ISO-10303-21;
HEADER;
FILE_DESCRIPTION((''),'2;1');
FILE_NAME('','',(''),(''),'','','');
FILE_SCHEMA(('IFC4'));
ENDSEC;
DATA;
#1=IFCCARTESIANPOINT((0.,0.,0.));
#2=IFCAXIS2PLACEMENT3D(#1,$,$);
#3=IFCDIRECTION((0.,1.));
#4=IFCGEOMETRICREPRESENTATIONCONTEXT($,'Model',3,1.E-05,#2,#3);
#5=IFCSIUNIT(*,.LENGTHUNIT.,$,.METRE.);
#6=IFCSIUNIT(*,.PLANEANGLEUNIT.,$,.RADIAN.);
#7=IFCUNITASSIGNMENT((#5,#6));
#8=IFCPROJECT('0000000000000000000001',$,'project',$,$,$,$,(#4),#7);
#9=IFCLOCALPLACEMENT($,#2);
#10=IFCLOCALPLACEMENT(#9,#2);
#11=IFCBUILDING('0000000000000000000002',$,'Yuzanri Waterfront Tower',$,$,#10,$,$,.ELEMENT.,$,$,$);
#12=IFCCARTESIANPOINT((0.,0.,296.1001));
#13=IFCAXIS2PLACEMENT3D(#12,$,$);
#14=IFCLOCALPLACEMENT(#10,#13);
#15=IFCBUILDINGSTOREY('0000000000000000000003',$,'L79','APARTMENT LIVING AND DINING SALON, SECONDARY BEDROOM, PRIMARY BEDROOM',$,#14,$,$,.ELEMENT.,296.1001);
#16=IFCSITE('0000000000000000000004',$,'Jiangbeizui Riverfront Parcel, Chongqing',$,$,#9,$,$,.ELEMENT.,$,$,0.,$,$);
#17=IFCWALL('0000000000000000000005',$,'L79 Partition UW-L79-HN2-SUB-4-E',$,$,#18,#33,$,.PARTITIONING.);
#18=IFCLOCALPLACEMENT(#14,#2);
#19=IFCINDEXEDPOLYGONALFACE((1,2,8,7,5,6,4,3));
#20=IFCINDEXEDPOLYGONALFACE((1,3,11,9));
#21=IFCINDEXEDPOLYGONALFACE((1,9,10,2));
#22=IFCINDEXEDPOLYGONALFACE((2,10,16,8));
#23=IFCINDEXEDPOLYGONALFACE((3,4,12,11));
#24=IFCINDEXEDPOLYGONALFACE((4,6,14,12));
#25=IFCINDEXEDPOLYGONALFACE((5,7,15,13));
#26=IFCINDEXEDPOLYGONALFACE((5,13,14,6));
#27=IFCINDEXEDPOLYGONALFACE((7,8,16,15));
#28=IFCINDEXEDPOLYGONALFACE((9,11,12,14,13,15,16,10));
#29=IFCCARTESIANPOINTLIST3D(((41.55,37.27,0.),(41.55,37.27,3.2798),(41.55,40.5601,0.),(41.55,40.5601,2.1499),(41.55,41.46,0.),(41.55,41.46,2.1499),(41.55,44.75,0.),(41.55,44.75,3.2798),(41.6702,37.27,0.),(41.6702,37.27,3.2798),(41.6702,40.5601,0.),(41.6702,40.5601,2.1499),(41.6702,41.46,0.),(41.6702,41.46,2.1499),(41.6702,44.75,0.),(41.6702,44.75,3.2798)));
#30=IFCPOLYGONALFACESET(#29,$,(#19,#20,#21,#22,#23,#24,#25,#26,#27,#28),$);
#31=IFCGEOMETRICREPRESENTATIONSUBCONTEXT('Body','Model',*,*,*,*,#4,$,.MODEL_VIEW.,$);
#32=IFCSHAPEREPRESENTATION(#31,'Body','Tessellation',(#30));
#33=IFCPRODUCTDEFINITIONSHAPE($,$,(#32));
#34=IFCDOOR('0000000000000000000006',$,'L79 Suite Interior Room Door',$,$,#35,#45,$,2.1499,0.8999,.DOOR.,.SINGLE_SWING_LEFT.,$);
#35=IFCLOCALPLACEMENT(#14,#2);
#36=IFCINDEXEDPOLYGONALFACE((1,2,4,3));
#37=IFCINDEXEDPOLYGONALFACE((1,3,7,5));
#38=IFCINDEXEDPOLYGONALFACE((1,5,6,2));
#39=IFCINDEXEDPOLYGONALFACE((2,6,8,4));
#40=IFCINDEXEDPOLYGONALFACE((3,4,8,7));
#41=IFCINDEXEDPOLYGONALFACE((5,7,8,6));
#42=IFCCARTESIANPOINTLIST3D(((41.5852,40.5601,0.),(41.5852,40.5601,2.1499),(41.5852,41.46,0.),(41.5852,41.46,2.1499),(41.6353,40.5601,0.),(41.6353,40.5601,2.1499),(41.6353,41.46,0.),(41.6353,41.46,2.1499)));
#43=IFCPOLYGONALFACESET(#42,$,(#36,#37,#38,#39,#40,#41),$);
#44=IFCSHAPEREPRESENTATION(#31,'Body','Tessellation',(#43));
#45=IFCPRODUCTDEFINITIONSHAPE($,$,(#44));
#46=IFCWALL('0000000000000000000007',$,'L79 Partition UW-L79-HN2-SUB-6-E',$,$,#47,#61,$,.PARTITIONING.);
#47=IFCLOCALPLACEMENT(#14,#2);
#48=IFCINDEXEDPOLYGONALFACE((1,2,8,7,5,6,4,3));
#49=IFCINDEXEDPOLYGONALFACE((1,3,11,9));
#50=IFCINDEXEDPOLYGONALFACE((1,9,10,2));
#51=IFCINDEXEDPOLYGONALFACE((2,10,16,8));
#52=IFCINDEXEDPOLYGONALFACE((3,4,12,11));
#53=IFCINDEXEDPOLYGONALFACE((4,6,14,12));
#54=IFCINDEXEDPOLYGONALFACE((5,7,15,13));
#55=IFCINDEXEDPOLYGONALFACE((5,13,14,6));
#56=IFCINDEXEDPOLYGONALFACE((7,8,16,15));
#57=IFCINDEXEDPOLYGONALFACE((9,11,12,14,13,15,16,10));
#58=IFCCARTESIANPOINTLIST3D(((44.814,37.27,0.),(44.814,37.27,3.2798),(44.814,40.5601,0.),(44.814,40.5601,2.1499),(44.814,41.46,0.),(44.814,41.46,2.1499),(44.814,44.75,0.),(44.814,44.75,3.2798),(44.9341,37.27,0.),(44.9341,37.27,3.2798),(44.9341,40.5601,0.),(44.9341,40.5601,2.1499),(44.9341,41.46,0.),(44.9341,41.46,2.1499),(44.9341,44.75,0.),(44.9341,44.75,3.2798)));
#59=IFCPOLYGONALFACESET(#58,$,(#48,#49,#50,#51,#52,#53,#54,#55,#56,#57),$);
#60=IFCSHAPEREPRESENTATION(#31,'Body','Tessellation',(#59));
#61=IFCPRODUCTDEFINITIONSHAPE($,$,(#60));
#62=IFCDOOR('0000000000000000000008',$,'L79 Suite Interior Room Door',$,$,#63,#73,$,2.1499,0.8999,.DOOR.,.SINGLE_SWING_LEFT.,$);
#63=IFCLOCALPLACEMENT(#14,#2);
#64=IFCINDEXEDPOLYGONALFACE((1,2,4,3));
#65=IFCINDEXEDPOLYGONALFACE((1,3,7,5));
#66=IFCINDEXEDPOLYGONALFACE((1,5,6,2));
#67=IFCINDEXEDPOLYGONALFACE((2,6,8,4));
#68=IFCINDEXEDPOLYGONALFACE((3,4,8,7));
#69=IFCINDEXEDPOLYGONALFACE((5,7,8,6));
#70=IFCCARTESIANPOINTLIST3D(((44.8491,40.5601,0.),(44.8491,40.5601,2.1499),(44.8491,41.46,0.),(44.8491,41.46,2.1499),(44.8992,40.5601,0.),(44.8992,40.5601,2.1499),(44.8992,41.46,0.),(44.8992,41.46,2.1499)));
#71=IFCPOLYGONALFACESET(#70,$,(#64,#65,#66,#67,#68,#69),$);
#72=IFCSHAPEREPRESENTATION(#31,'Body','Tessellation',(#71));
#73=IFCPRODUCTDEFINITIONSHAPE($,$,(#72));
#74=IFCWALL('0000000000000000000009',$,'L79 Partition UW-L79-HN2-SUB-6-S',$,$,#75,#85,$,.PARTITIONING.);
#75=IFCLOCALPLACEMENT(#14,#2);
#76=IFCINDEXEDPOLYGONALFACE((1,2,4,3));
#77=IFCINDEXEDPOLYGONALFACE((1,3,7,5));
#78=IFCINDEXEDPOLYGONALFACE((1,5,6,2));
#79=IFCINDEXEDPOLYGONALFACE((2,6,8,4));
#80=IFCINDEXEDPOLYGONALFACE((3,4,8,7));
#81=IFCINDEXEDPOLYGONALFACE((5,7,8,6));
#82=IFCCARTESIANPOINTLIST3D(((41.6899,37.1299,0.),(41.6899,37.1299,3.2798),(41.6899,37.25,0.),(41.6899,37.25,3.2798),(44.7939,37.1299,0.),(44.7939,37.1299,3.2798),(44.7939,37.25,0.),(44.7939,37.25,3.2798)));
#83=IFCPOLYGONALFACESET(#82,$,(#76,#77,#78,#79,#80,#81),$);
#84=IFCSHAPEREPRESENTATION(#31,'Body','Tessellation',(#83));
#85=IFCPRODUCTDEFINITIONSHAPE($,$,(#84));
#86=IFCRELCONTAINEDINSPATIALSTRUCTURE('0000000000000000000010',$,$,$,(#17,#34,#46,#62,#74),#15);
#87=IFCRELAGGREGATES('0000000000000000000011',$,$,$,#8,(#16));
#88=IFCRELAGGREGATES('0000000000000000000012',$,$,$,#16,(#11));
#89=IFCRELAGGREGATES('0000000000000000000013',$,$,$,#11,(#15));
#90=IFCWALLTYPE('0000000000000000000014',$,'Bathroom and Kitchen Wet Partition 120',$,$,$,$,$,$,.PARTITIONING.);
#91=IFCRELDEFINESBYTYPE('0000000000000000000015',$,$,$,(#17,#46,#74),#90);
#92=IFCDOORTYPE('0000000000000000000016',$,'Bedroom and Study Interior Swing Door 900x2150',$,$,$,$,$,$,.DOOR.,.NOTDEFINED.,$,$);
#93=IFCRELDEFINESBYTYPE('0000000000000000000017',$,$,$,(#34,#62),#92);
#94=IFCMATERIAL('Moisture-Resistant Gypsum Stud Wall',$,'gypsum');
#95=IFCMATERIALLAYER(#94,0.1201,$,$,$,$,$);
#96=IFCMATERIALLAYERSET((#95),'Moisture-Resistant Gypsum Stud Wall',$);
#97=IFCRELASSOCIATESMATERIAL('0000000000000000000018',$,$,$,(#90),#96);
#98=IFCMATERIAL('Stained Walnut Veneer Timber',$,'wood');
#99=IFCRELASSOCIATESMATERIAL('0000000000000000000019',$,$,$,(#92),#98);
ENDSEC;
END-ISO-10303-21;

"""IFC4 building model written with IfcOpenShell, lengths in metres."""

from ifc_helpers import new_model, si_unit, direction, frame, frame_2d, origin, place, context, subcontext, project, spatial, rectangle, extrude, source, transform, mapped, material, layer, layer_set, type_object, element, fill, save


model = new_model("IFC4")

# Units and contexts
model_context = context("Model", 3, precision=1e-05, world=origin(), true_north=direction((0.0, 1.0)))
body_context = subcontext(model_context, "Body", "Model", "MODEL_VIEW")
ifc_project = project(units=[si_unit("LENGTHUNIT", "METRE"), si_unit("PLANEANGLEUNIT", "RADIAN")], contexts=[model_context])

# Site, building, storey
site_placement = place(None, origin())
site = spatial("IfcSite", under=ifc_project, at=site_placement, Name="Jiangbeizui Riverfront Parcel, Chongqing", CompositionType="ELEMENT", RefElevation=0.0)
building_placement = place(site_placement, origin())
building = spatial("IfcBuilding", under=site, at=building_placement, Name="Yuzanri Waterfront Tower", CompositionType="ELEMENT")
storey_placement = place(building_placement, frame((0.0, 0.0, 296.1001)))
storey = spatial("IfcBuildingStorey", under=building, at=storey_placement, Name="L79", Description="APARTMENT LIVING AND DINING SALON, SECONDARY BEDROOM, PRIMARY BEDROOM", CompositionType="ELEMENT", Elevation=296.1001)

# Walls, openings, doors
ifc_material_1 = material(Name="Moisture-Resistant Gypsum Stud Wall", Category="gypsum")
ifc_layer_1 = layer(ifc_material_1, 0.1201)
ifc_layer_set_1 = layer_set([ifc_layer_1], Name="Moisture-Resistant Gypsum Stud Wall")
wall_type = type_object("IfcWallType", Name="Bathroom and Kitchen Wet Partition 120", PredefinedType="PARTITIONING", material=ifc_layer_set_1)
wall_1_placement = place(storey_placement, frame((41.6101, 37.27, 0.0), z_axis=(0.0, 0.0, 1.0), x_axis=(0.0, 1.0, 0.0)))
wall_1 = element("IfcWall", 1, at=wall_1_placement, inside=storey, type_object=wall_type, Name="L79 Partition UW-L79-HN2-SUB-4-E", PredefinedType="PARTITIONING", context=body_context, shape_type="SweptSolid", body=[
    extrude(rectangle(XDim=7.48, YDim=0.1201, at=frame_2d((3.74, 0.0))), origin(), (0.0, 0.0, 1.0), 3.2798),
])
opening_1_placement = place(wall_1_placement, frame((3.29, 0.0, 0.0)))
opening_1 = element("IfcOpeningElement", 2, at=opening_1_placement, cuts=wall_1, PredefinedType="OPENING", context=body_context, shape_type="SweptSolid", body=[
    extrude(rectangle(XDim=0.8999, YDim=2.1499, at=frame_2d((0.45, 1.075))), frame((0.0, 0.075, 0.0), z_axis=(0.0, -1.0, 0.0), x_axis=(1.0, 0.0, 0.0)), (0.0, 0.0, 1.0), 0.1499),
])
ifc_material_2 = material(Name="Stained Walnut Veneer Timber", Category="wood")
door_type_1 = type_object("IfcDoorType", Name="Bedroom and Study Interior Swing Door 900x2150", OperationType="NOTDEFINED", PredefinedType="DOOR", material=ifc_material_2)
shared_shape_1 = source(origin(), body_context, "Body", "SweptSolid", [
    extrude(rectangle(XDim=0.8999, YDim=2.1499, at=frame_2d((0.45, 1.075))), frame((0.0, 0.0249, 0.0), z_axis=(0.0, -1.0, 0.0), x_axis=(1.0, 0.0, 0.0)), (0.0, 0.0, 1.0), 0.05),
])
door_1_placement = place(opening_1_placement, origin())
door_1 = element("IfcDoor", 3, at=door_1_placement, inside=storey, type_object=door_type_1, Name="L79 Suite Interior Room Door", OperationType="SINGLE_SWING_LEFT", OverallHeight=2.1499, OverallWidth=0.8999, PredefinedType="DOOR", context=body_context, shape_type="MappedRepresentation", body=[
    mapped(shared_shape_1, transform((0.0, 0.0, 0.0), scale=1.0)),
])
fill(opening_1, door_1)
wall_2_placement = place(storey_placement, frame((44.874, 37.27, 0.0), z_axis=(0.0, 0.0, 1.0), x_axis=(0.0, 1.0, 0.0)))
wall_2 = element("IfcWall", 4, at=wall_2_placement, inside=storey, type_object=wall_type, Name="L79 Partition UW-L79-HN2-SUB-6-E", PredefinedType="PARTITIONING", context=body_context, shape_type="SweptSolid", body=[
    extrude(rectangle(XDim=7.48, YDim=0.1201, at=frame_2d((3.74, 0.0))), origin(), (0.0, 0.0, 1.0), 3.2798),
])
opening_2_placement = place(wall_2_placement, frame((3.29, 0.0, 0.0)))
opening_2 = element("IfcOpeningElement", 5, at=opening_2_placement, cuts=wall_2, PredefinedType="OPENING", context=body_context, shape_type="SweptSolid", body=[
    extrude(rectangle(XDim=0.8999, YDim=2.1499, at=frame_2d((0.45, 1.075))), frame((0.0, 0.075, 0.0), z_axis=(0.0, -1.0, 0.0), x_axis=(1.0, 0.0, 0.0)), (0.0, 0.0, 1.0), 0.1499),
])
door_2_placement = place(opening_2_placement, origin())
door_2 = element("IfcDoor", 6, at=door_2_placement, inside=storey, type_object=door_type_1, Name="L79 Suite Interior Room Door", OperationType="SINGLE_SWING_LEFT", OverallHeight=2.1499, OverallWidth=0.8999, PredefinedType="DOOR", context=body_context, shape_type="MappedRepresentation", body=[
    mapped(shared_shape_1, transform((0.0, 0.0, 0.0), scale=1.0)),
])
fill(opening_2, door_2)

# Wall
shared_shape_2 = source(origin(), body_context, "Body", "SweptSolid", [
    extrude(rectangle(XDim=3.104, YDim=0.1201, at=frame_2d((1.552, 0.0))), origin(), (0.0, 0.0, 1.0), 3.2798),
])
wall_3_placement = place(storey_placement, frame((41.6899, 37.1899, 0.0), z_axis=(0.0, 0.0, 1.0), x_axis=(1.0, 0.0, 0.0)))
element("IfcWall", 7, at=wall_3_placement, inside=storey, type_object=wall_type, Name="L79 Partition UW-L79-HN2-SUB-6-S", PredefinedType="PARTITIONING", context=body_context, shape_type="MappedRepresentation", body=[
    mapped(shared_shape_2, transform((0.0, 0.0, 0.0), scale=1.0)),
])

save(model, "model.ifc")
